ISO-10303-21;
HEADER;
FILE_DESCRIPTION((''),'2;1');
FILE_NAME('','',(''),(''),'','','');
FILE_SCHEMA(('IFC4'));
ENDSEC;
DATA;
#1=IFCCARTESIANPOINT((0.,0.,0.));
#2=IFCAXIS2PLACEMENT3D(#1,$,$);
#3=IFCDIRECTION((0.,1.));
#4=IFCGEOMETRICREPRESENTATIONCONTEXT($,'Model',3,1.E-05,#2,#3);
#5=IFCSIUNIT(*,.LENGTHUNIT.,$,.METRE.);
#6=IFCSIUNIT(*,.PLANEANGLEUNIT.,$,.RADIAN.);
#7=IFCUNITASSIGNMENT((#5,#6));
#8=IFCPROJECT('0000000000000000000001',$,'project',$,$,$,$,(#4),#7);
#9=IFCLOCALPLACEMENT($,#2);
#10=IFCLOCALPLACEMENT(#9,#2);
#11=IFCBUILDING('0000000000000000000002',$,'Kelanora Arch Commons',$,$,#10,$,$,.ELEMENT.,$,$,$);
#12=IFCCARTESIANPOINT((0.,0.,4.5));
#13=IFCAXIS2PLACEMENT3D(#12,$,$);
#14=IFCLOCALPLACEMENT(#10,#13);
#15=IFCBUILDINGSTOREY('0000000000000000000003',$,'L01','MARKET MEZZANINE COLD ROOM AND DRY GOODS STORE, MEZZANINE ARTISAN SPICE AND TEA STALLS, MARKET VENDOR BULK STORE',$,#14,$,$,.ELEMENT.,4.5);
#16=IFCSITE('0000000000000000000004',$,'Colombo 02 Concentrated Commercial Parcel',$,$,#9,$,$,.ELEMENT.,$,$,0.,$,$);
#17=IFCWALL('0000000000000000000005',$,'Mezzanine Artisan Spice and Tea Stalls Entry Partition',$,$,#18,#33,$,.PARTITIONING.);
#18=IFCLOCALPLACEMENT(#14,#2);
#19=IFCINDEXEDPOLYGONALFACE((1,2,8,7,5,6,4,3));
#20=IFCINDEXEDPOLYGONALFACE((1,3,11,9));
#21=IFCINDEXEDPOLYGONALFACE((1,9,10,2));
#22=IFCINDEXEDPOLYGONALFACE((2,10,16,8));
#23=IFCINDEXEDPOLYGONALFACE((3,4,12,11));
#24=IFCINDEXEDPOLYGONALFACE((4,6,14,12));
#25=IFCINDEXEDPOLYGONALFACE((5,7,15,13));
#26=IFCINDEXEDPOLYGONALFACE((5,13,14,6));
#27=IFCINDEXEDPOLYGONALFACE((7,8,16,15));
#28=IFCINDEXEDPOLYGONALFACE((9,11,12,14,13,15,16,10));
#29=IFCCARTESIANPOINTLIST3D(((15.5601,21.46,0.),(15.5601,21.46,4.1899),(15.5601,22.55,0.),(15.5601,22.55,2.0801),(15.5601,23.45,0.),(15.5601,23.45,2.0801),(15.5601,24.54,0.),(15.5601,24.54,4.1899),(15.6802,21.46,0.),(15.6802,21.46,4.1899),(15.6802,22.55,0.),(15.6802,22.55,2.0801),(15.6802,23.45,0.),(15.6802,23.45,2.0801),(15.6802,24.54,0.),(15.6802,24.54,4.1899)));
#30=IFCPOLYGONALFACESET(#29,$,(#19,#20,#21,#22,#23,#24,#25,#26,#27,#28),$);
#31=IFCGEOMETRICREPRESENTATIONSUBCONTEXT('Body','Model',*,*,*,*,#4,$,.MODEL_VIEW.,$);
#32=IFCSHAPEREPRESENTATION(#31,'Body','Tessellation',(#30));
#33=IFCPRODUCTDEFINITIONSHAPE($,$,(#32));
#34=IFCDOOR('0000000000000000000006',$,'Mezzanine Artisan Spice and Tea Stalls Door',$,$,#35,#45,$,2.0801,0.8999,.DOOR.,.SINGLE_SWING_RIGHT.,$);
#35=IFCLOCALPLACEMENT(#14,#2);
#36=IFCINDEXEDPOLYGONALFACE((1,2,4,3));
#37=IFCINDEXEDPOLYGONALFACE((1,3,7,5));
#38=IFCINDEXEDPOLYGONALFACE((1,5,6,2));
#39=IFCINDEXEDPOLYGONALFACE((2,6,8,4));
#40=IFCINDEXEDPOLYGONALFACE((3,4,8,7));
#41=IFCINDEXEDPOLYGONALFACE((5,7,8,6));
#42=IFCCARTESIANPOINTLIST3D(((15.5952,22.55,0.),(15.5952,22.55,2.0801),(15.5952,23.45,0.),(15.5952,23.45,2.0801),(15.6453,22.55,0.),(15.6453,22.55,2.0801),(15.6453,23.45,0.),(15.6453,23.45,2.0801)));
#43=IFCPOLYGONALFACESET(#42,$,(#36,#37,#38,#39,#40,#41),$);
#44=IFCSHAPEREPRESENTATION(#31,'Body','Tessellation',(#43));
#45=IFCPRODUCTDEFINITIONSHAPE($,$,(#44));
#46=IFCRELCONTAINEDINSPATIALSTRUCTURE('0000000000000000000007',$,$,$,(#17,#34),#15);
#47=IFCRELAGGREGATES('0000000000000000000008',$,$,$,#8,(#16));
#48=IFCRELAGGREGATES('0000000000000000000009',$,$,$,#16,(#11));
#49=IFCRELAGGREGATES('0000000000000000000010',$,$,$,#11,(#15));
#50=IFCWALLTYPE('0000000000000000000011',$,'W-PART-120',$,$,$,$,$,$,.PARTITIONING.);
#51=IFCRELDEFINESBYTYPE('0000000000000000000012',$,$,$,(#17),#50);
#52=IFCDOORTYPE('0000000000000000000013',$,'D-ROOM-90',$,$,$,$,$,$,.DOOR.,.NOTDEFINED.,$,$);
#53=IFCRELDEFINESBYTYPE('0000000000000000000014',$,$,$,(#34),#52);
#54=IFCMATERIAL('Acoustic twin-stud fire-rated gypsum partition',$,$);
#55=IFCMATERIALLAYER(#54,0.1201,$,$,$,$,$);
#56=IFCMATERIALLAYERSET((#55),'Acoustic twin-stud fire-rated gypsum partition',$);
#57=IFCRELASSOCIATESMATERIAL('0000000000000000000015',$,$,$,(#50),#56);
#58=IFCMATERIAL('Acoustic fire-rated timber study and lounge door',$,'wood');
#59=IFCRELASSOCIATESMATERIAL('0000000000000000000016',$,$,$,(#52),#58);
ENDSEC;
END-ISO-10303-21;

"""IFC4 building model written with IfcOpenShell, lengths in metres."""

from ifc_helpers import new_model, si_unit, direction, frame, frame_2d, origin, place, context, subcontext, project, spatial, rectangle, extrude, material, layer, layer_set, type_object, element, fill, save


model = new_model("IFC4")

# Units and contexts
model_context = context("Model", 3, precision=1e-05, world=origin(), true_north=direction((0.0, 1.0)))
body_context = subcontext(model_context, "Body", "Model", "MODEL_VIEW")
ifc_project = project(units=[si_unit("LENGTHUNIT", "METRE"), si_unit("PLANEANGLEUNIT", "RADIAN")], contexts=[model_context])

# Site, building, storey
site_placement = place(None, origin())
site = spatial("IfcSite", under=ifc_project, at=site_placement, Name="Colombo 02 Concentrated Commercial Parcel", CompositionType="ELEMENT", RefElevation=0.0)
building_placement = place(site_placement, origin())
building = spatial("IfcBuilding", under=site, at=building_placement, Name="Kelanora Arch Commons", CompositionType="ELEMENT")
storey_placement = place(building_placement, frame((0.0, 0.0, 4.5)))
storey = spatial("IfcBuildingStorey", under=building, at=storey_placement, Name="L01", Description="MARKET MEZZANINE COLD ROOM AND DRY GOODS STORE, MEZZANINE ARTISAN SPICE AND TEA STALLS, MARKET VENDOR BULK STORE", CompositionType="ELEMENT", Elevation=4.5)

# Wall, opening, door
ifc_material_1 = material(Name="Acoustic twin-stud fire-rated gypsum partition")
ifc_layer_1 = layer(ifc_material_1, 0.1201)
ifc_layer_set_1 = layer_set([ifc_layer_1], Name="Acoustic twin-stud fire-rated gypsum partition")
wall_type_1 = type_object("IfcWallType", Name="W-PART-120", PredefinedType="PARTITIONING", material=ifc_layer_set_1)
wall_1_placement = place(storey_placement, frame((15.6201, 21.46, 0.0), z_axis=(0.0, 0.0, 1.0), x_axis=(0.0, 1.0, 0.0)))
wall_1 = element("IfcWall", 1, at=wall_1_placement, inside=storey, type_object=wall_type_1, Name="Mezzanine Artisan Spice and Tea Stalls Entry Partition", PredefinedType="PARTITIONING", context=body_context, shape_type="SweptSolid", body=[
    extrude(rectangle(XDim=3.0801, YDim=0.1201, at=frame_2d((1.54, 0.0))), origin(), (0.0, 0.0, 1.0), 4.1899),
])
opening_1_placement = place(wall_1_placement, frame((1.0901, 0.0, 0.0)))
opening_1 = element("IfcOpeningElement", 2, at=opening_1_placement, cuts=wall_1, PredefinedType="OPENING", context=body_context, shape_type="SweptSolid", body=[
    extrude(rectangle(XDim=0.8999, YDim=2.0801, at=frame_2d((0.45, 1.04))), frame((0.0, 0.0701, 0.0), z_axis=(0.0, -1.0, 0.0), x_axis=(1.0, 0.0, 0.0)), (0.0, 0.0, 1.0), 0.1401),
])
ifc_material_2 = material(Name="Acoustic fire-rated timber study and lounge door", Category="wood")
door_type_1 = type_object("IfcDoorType", Name="D-ROOM-90", OperationType="NOTDEFINED", PredefinedType="DOOR", material=ifc_material_2)
door_1_placement = place(opening_1_placement, origin())
door_1 = element("IfcDoor", 3, at=door_1_placement, inside=storey, type_object=door_type_1, Name="Mezzanine Artisan Spice and Tea Stalls Door", OperationType="SINGLE_SWING_RIGHT", OverallHeight=2.0801, OverallWidth=0.8999, PredefinedType="DOOR", context=body_context, shape_type="SweptSolid", body=[
    extrude(rectangle(XDim=0.8999, YDim=2.0801, at=frame_2d((0.45, 1.04))), frame((0.0, 0.0249, 0.0), z_axis=(0.0, -1.0, 0.0), x_axis=(1.0, 0.0, 0.0)), (0.0, 0.0, 1.0), 0.05),
])
fill(opening_1, door_1)

save(model, "model.ifc")
